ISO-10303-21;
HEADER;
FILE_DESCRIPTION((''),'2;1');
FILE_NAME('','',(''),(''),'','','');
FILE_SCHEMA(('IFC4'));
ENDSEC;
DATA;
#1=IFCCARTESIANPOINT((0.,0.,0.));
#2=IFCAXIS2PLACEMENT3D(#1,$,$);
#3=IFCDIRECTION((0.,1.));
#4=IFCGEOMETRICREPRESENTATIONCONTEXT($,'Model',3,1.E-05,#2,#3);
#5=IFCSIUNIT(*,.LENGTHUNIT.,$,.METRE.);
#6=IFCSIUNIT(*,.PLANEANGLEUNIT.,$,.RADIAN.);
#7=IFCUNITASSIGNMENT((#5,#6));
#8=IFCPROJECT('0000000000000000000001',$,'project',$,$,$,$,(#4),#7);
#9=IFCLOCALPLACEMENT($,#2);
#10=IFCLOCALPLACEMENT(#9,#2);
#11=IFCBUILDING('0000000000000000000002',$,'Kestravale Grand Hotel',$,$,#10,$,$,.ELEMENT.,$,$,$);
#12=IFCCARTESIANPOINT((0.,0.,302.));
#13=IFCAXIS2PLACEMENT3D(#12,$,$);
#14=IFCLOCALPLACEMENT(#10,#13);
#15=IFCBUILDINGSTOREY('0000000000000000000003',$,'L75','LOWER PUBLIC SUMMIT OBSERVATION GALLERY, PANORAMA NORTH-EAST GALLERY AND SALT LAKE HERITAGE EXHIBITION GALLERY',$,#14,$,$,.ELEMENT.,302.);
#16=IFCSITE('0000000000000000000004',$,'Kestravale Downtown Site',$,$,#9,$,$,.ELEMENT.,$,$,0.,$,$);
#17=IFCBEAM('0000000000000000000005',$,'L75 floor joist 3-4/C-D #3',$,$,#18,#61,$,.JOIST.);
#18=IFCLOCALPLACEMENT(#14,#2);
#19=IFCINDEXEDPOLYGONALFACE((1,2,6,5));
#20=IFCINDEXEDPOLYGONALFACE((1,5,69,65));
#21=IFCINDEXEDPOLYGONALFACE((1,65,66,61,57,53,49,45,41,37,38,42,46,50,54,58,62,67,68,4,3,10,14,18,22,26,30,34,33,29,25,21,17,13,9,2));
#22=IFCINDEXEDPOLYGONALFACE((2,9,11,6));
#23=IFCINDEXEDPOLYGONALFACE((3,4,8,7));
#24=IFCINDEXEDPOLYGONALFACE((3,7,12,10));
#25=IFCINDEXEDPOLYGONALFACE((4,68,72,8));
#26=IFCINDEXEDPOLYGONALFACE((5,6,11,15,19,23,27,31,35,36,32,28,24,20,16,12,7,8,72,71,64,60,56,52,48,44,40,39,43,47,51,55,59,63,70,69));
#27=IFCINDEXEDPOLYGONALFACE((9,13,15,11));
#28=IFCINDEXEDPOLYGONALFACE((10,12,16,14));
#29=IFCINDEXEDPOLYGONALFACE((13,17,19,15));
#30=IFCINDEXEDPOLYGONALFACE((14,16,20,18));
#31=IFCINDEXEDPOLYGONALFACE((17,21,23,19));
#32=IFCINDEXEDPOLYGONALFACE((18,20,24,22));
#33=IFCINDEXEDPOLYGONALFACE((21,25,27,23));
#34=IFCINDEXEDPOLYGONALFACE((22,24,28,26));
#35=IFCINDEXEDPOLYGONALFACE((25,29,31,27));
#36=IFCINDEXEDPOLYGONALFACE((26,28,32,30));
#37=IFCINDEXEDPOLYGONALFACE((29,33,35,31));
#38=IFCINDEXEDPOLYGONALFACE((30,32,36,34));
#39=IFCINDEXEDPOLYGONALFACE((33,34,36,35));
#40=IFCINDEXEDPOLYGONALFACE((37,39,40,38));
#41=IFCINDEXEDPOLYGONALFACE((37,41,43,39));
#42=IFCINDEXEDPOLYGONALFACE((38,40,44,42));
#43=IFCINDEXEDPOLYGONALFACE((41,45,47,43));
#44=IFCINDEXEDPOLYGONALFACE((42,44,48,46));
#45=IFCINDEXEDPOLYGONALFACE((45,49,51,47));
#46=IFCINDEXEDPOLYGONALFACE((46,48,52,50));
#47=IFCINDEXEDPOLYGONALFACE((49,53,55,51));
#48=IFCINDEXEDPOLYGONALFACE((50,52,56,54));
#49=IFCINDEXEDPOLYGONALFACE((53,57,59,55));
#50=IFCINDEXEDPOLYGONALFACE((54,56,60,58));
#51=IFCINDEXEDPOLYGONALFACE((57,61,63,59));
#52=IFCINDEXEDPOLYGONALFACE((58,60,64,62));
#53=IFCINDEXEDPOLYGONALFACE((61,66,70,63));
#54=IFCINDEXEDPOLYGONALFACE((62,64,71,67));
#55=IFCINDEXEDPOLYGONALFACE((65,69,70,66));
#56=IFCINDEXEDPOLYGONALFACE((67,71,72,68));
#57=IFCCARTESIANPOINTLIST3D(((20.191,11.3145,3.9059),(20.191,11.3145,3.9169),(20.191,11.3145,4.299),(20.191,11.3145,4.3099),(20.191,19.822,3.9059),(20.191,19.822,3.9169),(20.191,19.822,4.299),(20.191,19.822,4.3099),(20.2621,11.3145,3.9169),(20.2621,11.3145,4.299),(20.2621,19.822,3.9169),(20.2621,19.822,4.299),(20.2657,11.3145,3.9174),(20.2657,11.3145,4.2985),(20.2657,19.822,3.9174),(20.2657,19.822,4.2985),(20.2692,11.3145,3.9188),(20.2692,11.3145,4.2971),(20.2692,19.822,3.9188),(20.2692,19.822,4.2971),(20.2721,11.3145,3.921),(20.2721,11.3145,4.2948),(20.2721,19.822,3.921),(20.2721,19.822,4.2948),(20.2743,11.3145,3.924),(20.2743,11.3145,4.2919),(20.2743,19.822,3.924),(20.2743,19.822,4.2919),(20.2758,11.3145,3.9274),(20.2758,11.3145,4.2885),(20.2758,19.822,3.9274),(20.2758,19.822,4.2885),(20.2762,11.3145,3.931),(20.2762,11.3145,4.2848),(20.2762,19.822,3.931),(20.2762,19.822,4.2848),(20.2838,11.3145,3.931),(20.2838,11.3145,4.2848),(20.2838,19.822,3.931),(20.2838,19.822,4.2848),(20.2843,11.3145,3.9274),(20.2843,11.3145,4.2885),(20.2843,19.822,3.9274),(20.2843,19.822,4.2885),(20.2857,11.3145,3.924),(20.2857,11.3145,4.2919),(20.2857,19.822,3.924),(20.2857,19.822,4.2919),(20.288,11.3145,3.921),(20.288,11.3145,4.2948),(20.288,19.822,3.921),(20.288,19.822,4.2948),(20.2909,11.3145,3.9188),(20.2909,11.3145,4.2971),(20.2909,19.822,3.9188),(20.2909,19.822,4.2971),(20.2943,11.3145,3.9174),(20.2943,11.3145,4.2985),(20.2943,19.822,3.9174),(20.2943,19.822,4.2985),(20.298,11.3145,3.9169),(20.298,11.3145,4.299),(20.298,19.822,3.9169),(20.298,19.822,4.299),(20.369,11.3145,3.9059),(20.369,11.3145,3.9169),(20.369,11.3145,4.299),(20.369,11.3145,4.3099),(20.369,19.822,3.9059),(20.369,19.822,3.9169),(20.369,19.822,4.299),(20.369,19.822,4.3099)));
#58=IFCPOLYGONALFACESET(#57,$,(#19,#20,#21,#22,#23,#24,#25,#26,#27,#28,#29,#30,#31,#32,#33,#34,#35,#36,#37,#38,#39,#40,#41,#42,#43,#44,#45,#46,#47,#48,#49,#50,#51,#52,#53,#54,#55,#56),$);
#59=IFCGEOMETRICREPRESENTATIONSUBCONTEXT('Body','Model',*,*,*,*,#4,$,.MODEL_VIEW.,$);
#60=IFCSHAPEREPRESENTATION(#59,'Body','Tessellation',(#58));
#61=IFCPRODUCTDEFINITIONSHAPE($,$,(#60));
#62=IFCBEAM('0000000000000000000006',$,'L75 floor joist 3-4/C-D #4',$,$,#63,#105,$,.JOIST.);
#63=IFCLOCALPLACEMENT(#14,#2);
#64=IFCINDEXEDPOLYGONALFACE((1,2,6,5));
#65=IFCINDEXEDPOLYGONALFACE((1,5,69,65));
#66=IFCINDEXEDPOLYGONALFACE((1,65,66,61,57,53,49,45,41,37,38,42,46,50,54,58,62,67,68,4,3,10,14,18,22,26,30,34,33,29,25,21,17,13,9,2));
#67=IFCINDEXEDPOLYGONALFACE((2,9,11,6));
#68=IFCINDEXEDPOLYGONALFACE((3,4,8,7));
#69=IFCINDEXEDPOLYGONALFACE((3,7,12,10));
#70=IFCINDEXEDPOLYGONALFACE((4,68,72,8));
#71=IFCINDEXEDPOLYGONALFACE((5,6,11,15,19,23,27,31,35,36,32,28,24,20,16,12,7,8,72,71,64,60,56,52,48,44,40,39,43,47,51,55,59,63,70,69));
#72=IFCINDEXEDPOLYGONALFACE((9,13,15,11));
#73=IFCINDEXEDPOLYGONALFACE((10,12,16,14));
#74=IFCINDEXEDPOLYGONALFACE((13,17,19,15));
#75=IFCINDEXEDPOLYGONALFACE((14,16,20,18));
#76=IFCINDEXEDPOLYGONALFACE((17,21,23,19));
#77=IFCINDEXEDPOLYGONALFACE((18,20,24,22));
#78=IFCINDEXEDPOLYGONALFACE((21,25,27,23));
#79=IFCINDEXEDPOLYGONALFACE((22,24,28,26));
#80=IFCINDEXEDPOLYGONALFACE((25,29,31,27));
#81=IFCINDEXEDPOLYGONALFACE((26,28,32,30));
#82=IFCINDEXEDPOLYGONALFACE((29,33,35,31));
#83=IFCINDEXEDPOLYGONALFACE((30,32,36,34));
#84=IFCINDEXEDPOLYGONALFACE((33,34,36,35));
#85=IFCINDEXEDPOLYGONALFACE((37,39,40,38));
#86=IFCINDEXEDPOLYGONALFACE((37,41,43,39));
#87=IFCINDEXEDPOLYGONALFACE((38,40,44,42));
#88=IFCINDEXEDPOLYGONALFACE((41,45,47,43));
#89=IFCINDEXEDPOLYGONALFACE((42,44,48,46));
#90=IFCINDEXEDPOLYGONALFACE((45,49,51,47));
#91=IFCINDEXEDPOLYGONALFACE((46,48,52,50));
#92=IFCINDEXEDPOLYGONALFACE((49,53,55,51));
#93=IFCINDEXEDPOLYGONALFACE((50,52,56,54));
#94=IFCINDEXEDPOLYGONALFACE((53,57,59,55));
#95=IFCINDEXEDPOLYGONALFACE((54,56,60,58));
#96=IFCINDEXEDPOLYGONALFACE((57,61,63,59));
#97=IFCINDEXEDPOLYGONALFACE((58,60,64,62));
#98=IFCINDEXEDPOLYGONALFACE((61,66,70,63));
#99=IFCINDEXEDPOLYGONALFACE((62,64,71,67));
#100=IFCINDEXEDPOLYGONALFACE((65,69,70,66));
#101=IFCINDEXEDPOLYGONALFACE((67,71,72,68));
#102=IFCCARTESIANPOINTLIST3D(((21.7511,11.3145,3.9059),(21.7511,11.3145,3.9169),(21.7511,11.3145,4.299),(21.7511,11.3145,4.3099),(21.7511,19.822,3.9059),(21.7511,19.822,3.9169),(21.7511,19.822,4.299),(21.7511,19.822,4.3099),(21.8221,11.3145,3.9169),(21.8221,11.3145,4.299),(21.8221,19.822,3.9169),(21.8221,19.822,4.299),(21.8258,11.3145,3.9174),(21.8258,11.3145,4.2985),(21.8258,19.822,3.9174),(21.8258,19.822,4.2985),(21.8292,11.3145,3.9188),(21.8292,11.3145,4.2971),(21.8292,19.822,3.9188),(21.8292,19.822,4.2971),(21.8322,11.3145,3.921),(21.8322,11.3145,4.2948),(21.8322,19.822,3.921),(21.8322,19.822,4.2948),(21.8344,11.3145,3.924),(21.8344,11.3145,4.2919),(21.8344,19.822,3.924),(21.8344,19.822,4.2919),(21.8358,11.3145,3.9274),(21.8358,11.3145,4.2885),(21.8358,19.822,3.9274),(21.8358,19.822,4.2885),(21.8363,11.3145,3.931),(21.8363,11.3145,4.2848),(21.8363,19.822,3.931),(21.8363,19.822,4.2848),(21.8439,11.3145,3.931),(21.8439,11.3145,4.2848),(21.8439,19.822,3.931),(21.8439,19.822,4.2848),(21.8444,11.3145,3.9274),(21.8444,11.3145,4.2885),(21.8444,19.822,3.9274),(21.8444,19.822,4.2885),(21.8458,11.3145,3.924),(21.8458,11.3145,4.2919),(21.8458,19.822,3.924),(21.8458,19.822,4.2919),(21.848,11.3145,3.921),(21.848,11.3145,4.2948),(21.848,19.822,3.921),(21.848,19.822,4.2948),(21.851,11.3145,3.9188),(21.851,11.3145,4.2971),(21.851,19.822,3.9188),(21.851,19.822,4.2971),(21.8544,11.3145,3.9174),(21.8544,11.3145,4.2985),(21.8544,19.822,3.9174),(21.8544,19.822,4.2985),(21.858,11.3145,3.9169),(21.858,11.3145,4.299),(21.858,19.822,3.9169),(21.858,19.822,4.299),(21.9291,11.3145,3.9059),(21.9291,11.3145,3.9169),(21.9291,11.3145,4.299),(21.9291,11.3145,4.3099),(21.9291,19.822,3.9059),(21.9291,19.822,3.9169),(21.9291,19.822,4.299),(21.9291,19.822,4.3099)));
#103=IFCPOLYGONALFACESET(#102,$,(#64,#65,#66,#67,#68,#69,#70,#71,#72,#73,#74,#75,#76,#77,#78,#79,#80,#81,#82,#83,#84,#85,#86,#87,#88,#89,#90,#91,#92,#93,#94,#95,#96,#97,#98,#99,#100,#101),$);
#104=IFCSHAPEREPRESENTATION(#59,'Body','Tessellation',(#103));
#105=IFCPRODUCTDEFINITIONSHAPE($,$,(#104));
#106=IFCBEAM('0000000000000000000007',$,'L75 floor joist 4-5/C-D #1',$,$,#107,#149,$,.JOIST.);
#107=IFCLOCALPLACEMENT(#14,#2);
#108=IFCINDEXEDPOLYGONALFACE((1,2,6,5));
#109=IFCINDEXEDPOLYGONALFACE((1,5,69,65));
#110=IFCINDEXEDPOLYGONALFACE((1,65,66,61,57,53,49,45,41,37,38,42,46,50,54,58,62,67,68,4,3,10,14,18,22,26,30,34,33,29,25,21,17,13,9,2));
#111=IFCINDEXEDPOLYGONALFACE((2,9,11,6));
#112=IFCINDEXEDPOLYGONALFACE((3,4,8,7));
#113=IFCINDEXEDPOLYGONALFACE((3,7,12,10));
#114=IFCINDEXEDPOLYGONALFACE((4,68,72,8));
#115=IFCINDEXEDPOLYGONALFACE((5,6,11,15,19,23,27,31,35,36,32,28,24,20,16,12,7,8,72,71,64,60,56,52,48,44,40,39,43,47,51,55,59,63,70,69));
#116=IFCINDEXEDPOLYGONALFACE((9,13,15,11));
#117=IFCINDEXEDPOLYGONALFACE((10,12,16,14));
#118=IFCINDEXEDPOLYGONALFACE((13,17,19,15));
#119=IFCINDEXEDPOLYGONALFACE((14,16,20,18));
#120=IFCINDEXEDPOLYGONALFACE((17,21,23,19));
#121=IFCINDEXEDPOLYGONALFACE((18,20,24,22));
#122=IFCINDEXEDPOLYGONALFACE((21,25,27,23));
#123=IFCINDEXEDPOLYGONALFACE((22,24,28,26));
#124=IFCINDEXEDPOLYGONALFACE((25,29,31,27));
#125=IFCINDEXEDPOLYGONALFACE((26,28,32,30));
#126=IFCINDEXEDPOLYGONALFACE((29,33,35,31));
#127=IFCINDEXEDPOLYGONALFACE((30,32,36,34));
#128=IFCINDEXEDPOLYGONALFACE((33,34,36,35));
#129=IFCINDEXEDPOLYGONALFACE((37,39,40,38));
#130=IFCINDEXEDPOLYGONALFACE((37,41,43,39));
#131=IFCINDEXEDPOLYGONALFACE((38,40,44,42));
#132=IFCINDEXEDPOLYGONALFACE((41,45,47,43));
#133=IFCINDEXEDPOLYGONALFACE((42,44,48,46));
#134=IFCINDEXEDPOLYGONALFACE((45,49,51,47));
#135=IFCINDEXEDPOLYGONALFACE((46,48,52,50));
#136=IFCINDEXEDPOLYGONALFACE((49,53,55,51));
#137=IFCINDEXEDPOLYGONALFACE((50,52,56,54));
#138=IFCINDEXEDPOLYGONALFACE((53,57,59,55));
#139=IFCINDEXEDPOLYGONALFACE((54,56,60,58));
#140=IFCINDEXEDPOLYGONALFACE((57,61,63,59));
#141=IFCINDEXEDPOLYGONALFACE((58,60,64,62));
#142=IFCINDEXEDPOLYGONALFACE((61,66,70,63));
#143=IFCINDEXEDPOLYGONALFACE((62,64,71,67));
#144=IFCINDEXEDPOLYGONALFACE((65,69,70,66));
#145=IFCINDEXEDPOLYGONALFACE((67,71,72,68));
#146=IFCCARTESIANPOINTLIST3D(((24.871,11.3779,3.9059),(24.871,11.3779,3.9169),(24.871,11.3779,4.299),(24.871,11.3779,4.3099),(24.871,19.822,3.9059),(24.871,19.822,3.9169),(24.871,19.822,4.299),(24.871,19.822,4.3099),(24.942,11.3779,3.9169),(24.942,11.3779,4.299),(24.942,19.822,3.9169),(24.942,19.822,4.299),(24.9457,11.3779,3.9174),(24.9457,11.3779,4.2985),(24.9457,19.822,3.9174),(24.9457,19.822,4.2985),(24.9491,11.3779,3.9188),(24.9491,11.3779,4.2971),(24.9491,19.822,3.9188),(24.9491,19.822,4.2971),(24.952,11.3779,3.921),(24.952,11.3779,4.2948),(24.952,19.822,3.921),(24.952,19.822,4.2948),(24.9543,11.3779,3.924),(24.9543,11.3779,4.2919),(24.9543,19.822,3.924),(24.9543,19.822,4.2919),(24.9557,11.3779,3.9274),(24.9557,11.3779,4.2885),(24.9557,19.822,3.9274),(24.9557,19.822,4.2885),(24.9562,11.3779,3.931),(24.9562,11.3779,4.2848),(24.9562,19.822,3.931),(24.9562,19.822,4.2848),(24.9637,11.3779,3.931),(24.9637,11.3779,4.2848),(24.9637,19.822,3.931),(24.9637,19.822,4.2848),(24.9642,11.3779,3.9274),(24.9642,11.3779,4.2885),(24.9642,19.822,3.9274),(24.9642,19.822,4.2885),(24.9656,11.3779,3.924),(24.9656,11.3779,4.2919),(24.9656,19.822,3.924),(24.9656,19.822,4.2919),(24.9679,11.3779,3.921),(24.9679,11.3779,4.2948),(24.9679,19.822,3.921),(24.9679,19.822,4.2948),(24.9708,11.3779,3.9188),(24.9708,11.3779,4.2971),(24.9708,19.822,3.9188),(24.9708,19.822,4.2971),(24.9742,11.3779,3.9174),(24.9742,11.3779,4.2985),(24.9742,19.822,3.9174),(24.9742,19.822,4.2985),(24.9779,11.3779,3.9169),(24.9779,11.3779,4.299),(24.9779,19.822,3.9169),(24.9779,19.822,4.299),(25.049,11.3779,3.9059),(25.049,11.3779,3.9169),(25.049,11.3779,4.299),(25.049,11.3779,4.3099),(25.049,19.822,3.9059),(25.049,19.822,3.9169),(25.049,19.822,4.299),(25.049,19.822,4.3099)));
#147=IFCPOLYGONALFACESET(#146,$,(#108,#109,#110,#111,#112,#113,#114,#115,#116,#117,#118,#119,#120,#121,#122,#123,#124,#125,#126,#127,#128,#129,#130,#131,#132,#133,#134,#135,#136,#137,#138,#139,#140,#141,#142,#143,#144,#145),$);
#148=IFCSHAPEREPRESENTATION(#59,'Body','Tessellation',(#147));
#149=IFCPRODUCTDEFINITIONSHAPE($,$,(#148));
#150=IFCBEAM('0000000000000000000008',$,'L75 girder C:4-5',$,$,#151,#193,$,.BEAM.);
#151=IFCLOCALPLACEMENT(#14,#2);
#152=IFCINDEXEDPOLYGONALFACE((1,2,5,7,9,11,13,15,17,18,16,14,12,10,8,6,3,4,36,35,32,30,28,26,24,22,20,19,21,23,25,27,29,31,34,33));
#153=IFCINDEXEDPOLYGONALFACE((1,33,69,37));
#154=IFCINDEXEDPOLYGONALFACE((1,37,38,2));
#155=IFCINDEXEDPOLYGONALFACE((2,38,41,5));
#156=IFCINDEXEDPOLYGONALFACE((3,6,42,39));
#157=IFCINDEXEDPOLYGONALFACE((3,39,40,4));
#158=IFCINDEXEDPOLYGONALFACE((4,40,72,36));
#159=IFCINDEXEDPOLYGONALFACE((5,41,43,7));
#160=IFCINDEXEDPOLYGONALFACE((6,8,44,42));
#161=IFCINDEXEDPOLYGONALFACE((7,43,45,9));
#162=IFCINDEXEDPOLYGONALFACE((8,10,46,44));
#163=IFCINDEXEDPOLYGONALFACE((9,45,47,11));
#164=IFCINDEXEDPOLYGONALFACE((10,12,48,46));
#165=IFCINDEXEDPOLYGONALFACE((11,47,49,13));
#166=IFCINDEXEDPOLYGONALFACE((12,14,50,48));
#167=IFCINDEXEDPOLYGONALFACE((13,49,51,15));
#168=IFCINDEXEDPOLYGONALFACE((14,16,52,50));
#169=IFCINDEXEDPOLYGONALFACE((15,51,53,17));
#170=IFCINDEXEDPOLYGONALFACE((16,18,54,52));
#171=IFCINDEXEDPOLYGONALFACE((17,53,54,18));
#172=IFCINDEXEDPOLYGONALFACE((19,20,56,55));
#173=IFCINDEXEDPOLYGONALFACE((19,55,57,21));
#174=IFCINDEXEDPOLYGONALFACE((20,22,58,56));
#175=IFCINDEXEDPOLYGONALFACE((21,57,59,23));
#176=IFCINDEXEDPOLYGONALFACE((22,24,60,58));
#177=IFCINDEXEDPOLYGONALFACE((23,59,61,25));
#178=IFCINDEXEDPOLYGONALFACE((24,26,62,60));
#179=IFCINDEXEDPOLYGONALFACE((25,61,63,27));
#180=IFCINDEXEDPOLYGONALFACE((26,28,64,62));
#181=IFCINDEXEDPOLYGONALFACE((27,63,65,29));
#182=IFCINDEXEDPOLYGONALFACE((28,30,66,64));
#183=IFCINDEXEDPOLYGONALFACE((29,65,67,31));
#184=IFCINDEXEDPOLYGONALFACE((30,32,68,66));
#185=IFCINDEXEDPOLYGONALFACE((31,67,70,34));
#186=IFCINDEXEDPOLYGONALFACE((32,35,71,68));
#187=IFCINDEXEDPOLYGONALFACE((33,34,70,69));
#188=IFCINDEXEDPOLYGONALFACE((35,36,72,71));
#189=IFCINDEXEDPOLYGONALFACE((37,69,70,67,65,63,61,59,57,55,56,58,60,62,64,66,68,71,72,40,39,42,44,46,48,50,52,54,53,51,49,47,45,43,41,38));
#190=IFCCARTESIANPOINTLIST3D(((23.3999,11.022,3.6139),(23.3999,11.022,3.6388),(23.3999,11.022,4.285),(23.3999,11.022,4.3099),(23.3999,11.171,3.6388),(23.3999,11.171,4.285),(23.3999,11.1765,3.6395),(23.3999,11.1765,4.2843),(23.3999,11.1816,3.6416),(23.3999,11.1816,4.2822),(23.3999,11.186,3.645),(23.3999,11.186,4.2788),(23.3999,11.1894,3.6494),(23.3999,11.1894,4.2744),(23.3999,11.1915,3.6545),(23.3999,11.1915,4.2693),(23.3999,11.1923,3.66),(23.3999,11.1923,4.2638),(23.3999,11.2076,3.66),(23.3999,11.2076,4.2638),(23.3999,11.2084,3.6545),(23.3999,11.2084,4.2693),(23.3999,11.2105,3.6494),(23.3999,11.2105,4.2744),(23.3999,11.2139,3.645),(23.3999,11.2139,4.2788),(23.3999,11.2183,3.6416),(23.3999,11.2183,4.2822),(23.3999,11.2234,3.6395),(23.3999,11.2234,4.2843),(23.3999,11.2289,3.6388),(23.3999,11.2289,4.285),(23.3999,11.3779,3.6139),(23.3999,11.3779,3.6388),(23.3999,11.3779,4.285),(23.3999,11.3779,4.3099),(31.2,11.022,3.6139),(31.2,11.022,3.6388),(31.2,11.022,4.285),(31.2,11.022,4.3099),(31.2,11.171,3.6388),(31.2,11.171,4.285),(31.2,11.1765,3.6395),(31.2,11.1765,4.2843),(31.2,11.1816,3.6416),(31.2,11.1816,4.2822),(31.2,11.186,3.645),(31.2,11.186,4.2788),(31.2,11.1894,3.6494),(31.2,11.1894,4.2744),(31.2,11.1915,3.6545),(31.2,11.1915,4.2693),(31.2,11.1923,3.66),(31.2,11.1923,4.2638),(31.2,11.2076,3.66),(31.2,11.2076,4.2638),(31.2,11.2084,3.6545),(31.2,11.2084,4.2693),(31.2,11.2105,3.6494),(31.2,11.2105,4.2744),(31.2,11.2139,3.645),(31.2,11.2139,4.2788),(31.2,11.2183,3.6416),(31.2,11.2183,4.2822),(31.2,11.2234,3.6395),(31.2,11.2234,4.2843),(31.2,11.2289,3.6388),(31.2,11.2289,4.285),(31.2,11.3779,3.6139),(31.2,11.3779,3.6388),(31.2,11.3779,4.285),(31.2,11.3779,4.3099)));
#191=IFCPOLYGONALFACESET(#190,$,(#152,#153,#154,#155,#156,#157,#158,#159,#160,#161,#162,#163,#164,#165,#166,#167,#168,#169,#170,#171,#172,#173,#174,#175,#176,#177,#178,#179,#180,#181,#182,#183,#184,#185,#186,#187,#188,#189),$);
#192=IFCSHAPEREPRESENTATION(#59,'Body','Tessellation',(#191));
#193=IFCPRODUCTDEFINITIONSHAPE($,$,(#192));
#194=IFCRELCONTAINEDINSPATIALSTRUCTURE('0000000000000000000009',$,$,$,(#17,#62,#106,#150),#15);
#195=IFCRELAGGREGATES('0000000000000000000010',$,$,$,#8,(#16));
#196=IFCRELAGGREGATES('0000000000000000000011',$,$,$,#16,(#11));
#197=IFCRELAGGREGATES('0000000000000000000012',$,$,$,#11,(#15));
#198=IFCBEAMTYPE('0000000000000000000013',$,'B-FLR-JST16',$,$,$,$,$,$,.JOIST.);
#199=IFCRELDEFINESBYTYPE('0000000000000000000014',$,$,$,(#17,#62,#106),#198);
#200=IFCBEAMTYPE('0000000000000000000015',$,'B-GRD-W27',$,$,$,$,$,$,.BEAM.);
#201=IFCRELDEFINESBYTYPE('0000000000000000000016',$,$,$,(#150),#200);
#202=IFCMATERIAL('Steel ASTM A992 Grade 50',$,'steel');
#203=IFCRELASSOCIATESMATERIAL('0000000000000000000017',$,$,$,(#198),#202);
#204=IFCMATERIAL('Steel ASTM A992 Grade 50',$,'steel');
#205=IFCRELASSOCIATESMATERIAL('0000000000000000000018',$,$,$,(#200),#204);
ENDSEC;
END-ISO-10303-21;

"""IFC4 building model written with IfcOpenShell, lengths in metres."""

from ifc_helpers import new_model, si_unit, direction, frame, origin, origin_2d, place, context, subcontext, project, spatial, i_section, extrude, material, material_profile, profile_set, type_object, element, save


model = new_model("IFC4")

# Units and contexts
model_context = context("Model", 3, precision=1e-05, world=origin(), true_north=direction((0.0, 1.0)))
body_context = subcontext(model_context, "Body", "Model", "MODEL_VIEW")
ifc_project = project(units=[si_unit("LENGTHUNIT", "METRE"), si_unit("PLANEANGLEUNIT", "RADIAN")], contexts=[model_context])

# Site, building, storey
site_placement = place(None, origin())
site = spatial("IfcSite", under=ifc_project, at=site_placement, Name="Kestravale Downtown Site", CompositionType="ELEMENT", RefElevation=0.0)
building_placement = place(site_placement, origin())
building = spatial("IfcBuilding", under=site, at=building_placement, Name="Kestravale Grand Hotel", CompositionType="ELEMENT")
storey_placement = place(building_placement, frame((0.0, 0.0, 302.0)))
storey = spatial("IfcBuildingStorey", under=building, at=storey_placement, Name="L75", Description="LOWER PUBLIC SUMMIT OBSERVATION GALLERY, PANORAMA NORTH-EAST GALLERY AND SALT LAKE HERITAGE EXHIBITION GALLERY", CompositionType="ELEMENT", Elevation=302.0)

# Beams
ifc_material_1 = material(Name="Steel ASTM A992 Grade 50", Category="steel")
ifc_material_profile_1 = material_profile(ifc_material_1, i_section(OverallWidth=0.178, OverallDepth=0.4041, WebThickness=0.0076, FlangeThickness=0.011, FilletRadius=0.0142, at=origin_2d()))
ifc_profile_set_1 = profile_set([ifc_material_profile_1], Name="Steel ASTM A992 Grade 50")
beam_type_1 = type_object("IfcBeamType", Name="B-FLR-JST16", PredefinedType="JOIST", material=ifc_profile_set_1)
for number, where, z_axis, x_axis, name in (
    (1, (20.28, 11.3145, 4.1079), (0.0, 1.0, 0.0), (-1.0, 0.0, 0.0), "L75 floor joist 3-4/C-D #3"),
    (2, (21.8401, 11.3145, 4.1079), (0.0, 1.0, 0.0), (-1.0, 0.0, 0.0), "L75 floor joist 3-4/C-D #4"),
):
    element("IfcBeam", number, at=place(storey_placement, frame(where, z_axis=z_axis, x_axis=x_axis)), inside=storey, type_object=beam_type_1, Name=name, PredefinedType="JOIST", context=body_context, shape_type="SweptSolid", body=[
        extrude(i_section(OverallWidth=0.178, OverallDepth=0.4041, WebThickness=0.0076, FlangeThickness=0.011, FilletRadius=0.0142, at=origin_2d()), origin(), (0.0, 0.0, 1.0), 8.5076),
    ])
beam_1_placement = place(storey_placement, frame((24.96, 11.3779, 4.1079), z_axis=(0.0, 1.0, 0.0), x_axis=(-1.0, 0.0, 0.0)))
element("IfcBeam", 3, at=beam_1_placement, inside=storey, type_object=beam_type_1, Name="L75 floor joist 4-5/C-D #1", PredefinedType="JOIST", context=body_context, shape_type="SweptSolid", body=[
    extrude(i_section(OverallWidth=0.178, OverallDepth=0.4041, WebThickness=0.0076, FlangeThickness=0.011, FilletRadius=0.0142, at=origin_2d()), origin(), (0.0, 0.0, 1.0), 8.4441),
])
ifc_material_2 = material(Name="Steel ASTM A992 Grade 50", Category="steel")
ifc_material_profile_2 = material_profile(ifc_material_2, i_section(OverallWidth=0.356, OverallDepth=0.696, WebThickness=0.0154, FlangeThickness=0.0249, FilletRadius=0.0212, at=origin_2d()))
ifc_profile_set_2 = profile_set([ifc_material_profile_2], Name="Steel ASTM A992 Grade 50")
beam_type_2 = type_object("IfcBeamType", Name="B-GRD-W27", PredefinedType="BEAM", material=ifc_profile_set_2)
for number, where, z_axis, x_axis, name in (
    (4, (23.3999, 11.2, 3.9619), (1.0, 0.0, 0.0), (0.0, 1.0, 0.0), "L75 girder C:4-5"),
):
    element("IfcBeam", number, at=place(storey_placement, frame(where, z_axis=z_axis, x_axis=x_axis)), inside=storey, type_object=beam_type_2, Name=name, PredefinedType="BEAM", context=body_context, shape_type="SweptSolid", body=[
        extrude(i_section(OverallWidth=0.356, OverallDepth=0.696, WebThickness=0.0154, FlangeThickness=0.0249, FilletRadius=0.0212, at=origin_2d()), origin(), (0.0, 0.0, 1.0), 7.8),
    ])

save(model, "model.ifc")
